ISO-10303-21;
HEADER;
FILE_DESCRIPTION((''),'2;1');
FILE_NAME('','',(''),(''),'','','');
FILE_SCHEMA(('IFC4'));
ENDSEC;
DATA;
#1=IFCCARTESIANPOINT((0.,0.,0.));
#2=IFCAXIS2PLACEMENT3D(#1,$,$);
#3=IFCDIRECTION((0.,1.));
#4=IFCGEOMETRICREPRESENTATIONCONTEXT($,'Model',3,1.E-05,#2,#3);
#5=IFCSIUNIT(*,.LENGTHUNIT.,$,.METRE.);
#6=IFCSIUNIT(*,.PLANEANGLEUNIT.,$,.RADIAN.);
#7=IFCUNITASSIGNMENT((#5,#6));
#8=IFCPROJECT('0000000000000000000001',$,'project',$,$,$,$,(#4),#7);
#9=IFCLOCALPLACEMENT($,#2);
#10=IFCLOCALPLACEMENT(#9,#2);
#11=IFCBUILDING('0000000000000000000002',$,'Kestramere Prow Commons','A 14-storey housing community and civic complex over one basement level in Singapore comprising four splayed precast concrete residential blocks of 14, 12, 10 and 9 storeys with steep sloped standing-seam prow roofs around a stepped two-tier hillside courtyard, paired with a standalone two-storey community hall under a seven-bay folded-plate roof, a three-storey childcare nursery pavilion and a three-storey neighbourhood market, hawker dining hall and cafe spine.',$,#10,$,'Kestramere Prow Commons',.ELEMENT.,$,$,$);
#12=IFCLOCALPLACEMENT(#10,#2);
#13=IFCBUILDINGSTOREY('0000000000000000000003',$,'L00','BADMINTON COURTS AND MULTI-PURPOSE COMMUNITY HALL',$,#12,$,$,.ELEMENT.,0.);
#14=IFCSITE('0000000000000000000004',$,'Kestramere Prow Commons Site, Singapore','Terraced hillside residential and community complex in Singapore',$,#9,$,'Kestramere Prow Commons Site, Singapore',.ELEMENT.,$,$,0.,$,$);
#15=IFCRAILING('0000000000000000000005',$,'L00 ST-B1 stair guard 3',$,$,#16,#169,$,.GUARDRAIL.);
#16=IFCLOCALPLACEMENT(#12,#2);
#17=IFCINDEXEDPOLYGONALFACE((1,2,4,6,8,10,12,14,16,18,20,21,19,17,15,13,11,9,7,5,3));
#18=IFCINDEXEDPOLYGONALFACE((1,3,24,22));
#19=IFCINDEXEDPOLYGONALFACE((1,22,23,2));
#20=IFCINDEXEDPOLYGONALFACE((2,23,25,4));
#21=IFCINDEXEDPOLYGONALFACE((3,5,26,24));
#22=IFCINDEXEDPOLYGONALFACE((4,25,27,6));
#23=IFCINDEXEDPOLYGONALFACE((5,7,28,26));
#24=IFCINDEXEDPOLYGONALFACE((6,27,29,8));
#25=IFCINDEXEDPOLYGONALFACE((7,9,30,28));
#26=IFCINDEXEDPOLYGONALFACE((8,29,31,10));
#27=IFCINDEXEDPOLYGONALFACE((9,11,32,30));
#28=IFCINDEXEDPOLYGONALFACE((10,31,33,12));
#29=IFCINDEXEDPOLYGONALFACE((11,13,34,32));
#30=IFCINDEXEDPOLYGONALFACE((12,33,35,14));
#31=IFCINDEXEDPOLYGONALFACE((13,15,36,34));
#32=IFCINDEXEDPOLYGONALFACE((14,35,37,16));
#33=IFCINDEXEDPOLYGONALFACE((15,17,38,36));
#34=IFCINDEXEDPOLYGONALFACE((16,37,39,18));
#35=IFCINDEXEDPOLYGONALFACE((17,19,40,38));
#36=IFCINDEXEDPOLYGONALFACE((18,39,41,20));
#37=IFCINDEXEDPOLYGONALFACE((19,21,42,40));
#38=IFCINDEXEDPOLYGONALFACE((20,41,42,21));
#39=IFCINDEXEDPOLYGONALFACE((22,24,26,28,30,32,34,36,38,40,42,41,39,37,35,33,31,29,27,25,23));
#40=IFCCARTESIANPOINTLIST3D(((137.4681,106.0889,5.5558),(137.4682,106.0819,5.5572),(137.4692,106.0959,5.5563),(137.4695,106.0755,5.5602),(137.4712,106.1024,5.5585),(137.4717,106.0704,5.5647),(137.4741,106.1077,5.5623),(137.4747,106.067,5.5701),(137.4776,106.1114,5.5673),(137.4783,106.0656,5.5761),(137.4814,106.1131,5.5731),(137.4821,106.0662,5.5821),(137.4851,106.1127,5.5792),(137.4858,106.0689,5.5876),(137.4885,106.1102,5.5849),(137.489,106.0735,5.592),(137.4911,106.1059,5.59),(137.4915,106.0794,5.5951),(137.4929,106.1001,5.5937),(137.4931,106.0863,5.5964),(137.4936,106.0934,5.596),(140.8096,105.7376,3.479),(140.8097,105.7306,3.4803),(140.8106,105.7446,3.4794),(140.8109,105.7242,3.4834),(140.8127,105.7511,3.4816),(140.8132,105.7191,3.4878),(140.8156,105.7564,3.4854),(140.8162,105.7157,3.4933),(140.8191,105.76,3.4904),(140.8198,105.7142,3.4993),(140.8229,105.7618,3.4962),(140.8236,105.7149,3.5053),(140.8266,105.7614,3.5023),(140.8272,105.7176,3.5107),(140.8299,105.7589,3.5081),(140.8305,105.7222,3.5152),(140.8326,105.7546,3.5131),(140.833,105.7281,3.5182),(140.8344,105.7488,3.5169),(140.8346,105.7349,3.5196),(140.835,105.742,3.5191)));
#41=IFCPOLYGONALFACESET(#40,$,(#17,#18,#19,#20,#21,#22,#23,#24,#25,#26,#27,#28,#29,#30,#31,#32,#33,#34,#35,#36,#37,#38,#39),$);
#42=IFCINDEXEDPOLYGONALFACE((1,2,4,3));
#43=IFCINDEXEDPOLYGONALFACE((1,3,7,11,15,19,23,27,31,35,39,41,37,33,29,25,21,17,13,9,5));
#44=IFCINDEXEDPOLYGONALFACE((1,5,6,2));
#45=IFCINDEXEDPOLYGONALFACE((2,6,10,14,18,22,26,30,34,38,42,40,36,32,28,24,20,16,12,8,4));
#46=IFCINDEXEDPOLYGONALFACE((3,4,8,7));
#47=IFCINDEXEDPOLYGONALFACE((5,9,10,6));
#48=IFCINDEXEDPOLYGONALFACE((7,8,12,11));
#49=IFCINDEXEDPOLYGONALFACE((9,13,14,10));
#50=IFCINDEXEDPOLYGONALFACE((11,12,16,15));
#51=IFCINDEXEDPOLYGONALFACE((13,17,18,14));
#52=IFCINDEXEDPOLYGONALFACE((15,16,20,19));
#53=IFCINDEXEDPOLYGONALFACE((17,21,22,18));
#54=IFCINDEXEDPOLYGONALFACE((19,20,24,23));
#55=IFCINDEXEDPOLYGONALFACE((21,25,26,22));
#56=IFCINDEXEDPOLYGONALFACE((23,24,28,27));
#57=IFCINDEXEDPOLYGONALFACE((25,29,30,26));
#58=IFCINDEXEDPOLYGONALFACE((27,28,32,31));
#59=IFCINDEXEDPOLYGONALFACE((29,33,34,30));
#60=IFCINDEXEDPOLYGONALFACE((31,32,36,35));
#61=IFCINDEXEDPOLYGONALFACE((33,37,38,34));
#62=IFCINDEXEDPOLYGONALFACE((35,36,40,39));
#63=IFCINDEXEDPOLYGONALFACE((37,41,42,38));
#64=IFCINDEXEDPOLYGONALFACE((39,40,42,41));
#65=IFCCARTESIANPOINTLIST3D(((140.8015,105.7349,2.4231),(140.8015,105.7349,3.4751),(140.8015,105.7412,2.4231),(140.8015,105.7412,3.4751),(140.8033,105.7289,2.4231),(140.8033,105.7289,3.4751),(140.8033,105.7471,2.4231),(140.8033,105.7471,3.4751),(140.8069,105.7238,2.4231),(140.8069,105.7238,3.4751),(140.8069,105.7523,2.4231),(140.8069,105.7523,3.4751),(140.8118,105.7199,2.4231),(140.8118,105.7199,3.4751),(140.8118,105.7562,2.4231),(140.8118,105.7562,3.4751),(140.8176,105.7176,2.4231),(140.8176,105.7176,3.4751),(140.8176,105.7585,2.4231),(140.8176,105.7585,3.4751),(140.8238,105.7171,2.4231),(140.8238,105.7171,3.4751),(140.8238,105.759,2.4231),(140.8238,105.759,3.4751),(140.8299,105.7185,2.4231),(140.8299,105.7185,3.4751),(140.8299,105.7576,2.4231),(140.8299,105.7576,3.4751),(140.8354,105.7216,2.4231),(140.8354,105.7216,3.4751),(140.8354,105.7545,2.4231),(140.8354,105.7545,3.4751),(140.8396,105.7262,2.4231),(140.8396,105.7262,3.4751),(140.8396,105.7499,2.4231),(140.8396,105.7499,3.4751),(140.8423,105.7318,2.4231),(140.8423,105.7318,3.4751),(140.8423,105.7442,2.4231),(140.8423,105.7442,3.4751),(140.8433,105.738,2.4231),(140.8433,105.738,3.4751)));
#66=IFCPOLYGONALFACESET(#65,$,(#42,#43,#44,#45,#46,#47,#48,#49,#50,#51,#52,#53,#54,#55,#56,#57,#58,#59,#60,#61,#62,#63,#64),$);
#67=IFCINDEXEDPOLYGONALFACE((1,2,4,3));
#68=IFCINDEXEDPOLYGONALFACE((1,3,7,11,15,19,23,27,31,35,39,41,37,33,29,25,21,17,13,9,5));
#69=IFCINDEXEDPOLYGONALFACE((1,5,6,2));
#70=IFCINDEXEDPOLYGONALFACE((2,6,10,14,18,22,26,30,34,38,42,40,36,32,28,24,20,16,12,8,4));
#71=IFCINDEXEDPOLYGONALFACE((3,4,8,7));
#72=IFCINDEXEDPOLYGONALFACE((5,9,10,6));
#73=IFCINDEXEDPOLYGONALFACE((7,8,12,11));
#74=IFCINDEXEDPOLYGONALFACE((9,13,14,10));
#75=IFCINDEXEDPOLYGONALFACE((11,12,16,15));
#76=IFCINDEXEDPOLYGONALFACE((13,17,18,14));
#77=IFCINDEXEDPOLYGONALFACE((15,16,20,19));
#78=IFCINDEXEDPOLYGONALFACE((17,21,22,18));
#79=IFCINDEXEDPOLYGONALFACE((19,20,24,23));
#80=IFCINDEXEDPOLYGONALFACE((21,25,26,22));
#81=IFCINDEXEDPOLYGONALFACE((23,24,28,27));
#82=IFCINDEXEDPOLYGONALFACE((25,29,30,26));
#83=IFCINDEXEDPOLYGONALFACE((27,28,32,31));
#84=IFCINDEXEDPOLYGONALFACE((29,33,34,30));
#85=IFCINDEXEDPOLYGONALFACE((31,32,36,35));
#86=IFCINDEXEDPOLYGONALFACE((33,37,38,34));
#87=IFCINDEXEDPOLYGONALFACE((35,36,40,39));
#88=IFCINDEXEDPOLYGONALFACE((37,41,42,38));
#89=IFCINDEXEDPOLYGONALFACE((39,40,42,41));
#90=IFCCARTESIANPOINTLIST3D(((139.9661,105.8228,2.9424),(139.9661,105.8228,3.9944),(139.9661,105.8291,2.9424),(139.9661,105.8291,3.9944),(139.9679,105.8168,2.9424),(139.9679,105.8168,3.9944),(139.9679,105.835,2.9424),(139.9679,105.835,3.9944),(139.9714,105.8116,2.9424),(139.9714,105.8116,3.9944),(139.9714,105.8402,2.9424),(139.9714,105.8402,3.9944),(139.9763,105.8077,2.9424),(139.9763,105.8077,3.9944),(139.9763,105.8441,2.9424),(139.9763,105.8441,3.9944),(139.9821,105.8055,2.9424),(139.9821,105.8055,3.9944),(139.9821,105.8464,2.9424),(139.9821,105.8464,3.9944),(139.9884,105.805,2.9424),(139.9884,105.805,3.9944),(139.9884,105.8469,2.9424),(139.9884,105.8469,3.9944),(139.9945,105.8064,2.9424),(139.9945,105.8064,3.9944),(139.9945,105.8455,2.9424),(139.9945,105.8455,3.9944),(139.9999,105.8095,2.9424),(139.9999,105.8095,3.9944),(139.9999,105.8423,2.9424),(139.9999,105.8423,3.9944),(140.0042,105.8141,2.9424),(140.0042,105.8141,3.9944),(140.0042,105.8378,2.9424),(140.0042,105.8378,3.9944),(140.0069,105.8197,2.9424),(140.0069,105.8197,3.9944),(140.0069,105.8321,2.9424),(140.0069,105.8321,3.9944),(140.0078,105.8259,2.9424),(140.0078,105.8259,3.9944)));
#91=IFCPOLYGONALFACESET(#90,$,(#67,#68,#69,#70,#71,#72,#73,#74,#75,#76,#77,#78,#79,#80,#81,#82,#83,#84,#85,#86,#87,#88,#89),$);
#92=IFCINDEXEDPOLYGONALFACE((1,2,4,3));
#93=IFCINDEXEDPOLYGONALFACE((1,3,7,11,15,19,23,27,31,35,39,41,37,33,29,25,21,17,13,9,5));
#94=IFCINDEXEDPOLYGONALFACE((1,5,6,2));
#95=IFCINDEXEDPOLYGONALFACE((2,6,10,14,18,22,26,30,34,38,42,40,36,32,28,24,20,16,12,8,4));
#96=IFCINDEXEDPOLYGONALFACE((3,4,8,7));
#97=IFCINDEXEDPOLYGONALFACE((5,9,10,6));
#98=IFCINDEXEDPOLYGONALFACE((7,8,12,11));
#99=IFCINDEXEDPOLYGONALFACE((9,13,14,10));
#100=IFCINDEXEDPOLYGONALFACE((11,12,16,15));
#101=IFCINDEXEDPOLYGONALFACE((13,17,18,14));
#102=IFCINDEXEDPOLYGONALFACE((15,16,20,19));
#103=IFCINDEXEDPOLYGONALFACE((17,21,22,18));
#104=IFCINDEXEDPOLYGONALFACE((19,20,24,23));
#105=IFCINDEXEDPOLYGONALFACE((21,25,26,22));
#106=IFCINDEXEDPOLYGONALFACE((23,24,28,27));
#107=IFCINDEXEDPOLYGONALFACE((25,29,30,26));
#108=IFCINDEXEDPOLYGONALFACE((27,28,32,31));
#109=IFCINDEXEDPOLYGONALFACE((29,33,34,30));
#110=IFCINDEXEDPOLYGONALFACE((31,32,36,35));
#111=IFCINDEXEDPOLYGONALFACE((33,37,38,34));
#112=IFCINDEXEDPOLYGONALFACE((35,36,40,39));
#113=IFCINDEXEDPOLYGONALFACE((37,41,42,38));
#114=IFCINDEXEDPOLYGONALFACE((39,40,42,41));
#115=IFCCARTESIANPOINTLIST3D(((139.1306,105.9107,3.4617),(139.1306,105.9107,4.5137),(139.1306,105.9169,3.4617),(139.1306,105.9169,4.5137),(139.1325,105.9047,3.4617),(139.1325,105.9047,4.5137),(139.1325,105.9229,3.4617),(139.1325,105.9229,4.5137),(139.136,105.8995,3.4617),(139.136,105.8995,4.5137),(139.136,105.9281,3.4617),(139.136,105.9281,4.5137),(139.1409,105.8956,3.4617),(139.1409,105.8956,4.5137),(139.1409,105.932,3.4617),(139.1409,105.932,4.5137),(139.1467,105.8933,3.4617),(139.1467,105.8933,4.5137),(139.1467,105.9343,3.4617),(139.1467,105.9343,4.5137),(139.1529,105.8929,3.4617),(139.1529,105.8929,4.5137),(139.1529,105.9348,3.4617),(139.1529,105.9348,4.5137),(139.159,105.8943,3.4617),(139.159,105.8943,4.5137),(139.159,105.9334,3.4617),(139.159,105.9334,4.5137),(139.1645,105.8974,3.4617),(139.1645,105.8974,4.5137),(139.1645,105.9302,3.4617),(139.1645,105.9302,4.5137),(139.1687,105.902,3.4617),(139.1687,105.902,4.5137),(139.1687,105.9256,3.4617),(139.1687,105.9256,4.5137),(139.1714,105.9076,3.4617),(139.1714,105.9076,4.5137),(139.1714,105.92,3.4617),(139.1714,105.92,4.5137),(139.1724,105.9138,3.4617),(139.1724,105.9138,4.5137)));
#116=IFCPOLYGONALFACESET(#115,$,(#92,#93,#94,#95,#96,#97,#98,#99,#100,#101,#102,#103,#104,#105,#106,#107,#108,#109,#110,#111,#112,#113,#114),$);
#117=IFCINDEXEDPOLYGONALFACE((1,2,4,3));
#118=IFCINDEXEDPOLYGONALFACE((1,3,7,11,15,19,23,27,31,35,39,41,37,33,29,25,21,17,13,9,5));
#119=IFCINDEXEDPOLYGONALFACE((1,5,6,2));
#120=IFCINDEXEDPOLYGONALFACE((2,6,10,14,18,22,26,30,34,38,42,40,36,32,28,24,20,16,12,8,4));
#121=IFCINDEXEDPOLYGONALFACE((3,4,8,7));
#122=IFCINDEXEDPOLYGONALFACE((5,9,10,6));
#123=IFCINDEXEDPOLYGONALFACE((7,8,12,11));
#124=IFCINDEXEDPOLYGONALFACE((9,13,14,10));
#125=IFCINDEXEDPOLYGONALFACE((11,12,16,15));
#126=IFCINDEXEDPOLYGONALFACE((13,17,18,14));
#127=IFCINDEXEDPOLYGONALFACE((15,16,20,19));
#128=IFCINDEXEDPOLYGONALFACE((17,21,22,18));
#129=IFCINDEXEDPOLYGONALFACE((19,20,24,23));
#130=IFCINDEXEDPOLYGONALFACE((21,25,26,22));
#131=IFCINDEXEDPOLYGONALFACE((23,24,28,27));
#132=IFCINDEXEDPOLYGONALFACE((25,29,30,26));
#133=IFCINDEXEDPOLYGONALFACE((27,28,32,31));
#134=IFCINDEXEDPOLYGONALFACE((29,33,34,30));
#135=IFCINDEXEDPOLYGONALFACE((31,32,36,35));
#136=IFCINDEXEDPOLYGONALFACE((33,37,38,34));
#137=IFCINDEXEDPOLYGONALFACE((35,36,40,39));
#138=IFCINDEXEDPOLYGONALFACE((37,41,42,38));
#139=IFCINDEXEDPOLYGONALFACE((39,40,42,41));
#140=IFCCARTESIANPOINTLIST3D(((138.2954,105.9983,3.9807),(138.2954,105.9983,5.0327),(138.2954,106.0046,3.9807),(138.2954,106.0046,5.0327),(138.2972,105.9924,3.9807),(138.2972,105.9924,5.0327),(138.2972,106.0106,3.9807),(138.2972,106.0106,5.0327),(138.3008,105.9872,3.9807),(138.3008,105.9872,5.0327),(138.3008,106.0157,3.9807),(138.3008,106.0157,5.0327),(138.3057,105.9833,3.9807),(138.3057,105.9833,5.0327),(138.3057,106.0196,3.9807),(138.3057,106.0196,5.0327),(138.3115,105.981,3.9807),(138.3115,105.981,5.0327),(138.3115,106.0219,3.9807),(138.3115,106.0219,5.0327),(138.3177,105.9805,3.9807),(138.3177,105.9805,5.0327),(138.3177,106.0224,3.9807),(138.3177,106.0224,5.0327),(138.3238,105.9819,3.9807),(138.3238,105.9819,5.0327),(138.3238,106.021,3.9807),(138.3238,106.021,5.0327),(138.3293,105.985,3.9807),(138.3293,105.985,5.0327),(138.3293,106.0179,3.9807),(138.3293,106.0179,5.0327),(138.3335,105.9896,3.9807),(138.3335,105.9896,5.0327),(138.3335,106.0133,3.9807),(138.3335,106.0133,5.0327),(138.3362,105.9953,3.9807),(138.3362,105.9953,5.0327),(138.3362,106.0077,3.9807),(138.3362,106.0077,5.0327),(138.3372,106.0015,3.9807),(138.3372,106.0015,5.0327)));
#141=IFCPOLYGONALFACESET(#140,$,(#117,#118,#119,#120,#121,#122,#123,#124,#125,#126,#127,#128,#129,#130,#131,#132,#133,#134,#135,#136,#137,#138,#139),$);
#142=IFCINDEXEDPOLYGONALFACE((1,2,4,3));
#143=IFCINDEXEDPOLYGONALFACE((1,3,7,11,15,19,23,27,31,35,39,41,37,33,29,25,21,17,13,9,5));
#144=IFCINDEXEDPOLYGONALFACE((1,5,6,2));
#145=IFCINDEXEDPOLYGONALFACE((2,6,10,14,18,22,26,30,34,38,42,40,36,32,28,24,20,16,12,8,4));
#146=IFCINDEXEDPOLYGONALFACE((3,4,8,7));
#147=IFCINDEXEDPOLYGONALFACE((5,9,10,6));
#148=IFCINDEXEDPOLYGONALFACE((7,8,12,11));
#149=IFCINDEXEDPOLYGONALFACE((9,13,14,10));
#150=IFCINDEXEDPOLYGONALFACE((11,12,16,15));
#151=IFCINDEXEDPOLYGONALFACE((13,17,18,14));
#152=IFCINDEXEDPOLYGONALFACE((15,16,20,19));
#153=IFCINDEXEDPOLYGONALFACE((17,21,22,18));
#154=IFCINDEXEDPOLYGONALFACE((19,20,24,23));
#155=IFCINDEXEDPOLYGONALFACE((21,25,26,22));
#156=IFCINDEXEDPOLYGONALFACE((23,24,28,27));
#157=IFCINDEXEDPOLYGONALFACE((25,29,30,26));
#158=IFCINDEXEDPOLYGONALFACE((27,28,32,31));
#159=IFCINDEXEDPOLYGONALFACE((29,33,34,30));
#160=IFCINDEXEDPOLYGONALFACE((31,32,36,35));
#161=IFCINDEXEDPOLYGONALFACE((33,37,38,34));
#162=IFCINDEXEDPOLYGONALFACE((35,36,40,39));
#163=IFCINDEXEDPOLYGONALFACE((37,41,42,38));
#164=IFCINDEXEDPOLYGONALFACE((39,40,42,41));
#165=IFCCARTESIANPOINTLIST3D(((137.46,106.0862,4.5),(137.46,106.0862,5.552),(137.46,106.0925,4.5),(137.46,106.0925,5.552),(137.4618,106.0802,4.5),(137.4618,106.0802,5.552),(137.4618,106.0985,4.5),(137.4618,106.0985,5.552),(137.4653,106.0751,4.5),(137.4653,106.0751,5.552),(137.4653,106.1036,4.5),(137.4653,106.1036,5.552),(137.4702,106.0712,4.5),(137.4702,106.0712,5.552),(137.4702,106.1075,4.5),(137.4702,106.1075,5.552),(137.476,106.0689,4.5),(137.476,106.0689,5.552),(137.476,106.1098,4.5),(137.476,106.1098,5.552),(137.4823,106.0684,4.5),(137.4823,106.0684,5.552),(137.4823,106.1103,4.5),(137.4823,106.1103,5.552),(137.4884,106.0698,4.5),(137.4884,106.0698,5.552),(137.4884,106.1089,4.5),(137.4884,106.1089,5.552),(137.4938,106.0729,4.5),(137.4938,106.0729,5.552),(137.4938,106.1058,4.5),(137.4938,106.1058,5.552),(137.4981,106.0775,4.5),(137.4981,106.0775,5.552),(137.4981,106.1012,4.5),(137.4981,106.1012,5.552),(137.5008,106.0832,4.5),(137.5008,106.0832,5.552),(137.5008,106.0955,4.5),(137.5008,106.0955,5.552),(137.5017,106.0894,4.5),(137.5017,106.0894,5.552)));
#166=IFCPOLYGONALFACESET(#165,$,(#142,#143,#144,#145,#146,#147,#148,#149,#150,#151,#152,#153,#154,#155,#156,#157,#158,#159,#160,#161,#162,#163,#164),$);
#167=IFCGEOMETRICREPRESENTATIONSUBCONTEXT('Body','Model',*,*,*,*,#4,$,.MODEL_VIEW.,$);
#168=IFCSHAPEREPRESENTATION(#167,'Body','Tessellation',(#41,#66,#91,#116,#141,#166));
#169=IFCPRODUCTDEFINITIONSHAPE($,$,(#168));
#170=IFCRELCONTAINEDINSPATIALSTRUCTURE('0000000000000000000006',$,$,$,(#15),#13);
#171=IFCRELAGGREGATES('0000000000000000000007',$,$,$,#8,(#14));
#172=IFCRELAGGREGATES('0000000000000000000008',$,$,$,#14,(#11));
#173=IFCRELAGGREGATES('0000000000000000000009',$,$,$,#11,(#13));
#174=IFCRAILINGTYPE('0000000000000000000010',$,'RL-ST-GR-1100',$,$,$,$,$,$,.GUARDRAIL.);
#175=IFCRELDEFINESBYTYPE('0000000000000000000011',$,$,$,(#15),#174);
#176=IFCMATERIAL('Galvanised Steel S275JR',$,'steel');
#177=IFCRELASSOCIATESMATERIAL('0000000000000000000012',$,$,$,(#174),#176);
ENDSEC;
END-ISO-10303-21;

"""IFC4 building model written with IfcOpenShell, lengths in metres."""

from ifc_helpers import new_model, si_unit, direction, frame, origin, origin_2d, place, context, subcontext, project, spatial, circle, extrude, material, type_object, element, save


model = new_model("IFC4")

# Units and contexts
model_context = context("Model", 3, precision=1e-05, world=origin(), true_north=direction((0.0, 1.0)))
body_context = subcontext(model_context, "Body", "Model", "MODEL_VIEW")
ifc_project = project(units=[si_unit("LENGTHUNIT", "METRE"), si_unit("PLANEANGLEUNIT", "RADIAN")], contexts=[model_context])

# Site, building, storey
site_placement = place(None, origin())
site = spatial("IfcSite", under=ifc_project, at=site_placement, Name="Kestramere Prow Commons Site, Singapore", Description="Terraced hillside residential and community complex in Singapore", LongName="Kestramere Prow Commons Site, Singapore", CompositionType="ELEMENT", RefElevation=0.0)
building_placement = place(site_placement, origin())
building = spatial("IfcBuilding", under=site, at=building_placement, Name="Kestramere Prow Commons", Description="A 14-storey housing community and civic complex over one basement level in Singapore comprising four splayed precast concrete residential blocks of 14, 12, 10 and 9 storeys with steep sloped standing-seam prow roofs around a stepped two-tier hillside courtyard, paired with a standalone two-storey community hall under a seven-bay folded-plate roof, a three-storey childcare nursery pavilion and a three-storey neighbourhood market, hawker dining hall and cafe spine.", LongName="Kestramere Prow Commons", CompositionType="ELEMENT")
storey_placement = place(building_placement, origin())
storey = spatial("IfcBuildingStorey", under=building, at=storey_placement, Name="L00", Description="BADMINTON COURTS AND MULTI-PURPOSE COMMUNITY HALL", CompositionType="ELEMENT", Elevation=0.0)

# Railing
ifc_material_1 = material(Name="Galvanised Steel S275JR", Category="steel")
railing_type_1 = type_object("IfcRailingType", Name="RL-ST-GR-1100", PredefinedType="GUARDRAIL", material=ifc_material_1)
railing_1_placement = place(storey_placement, frame((140.8223, 105.738, 2.4231)))
element("IfcRailing", 1, at=railing_1_placement, inside=storey, type_object=railing_type_1, Name="L00 ST-B1 stair guard 3", PredefinedType="GUARDRAIL", context=body_context, shape_type="SweptSolid", body=[
    extrude(circle(Radius=0.0239, at=origin_2d()), frame((0.0, 0.0, 1.0762), z_axis=(-0.845951, 0.08894, 0.525791), x_axis=(-0.10456, -0.994519, 0.0)), (0.0, 0.0, 1.0), 3.95),
    extrude(circle(Radius=0.021, at=origin_2d()), origin(), (0.0, 0.0, 1.0), 1.052),
    extrude(circle(Radius=0.021, at=origin_2d()), frame((-0.8354, 0.0879, 0.5193)), (0.0, 0.0, 1.0), 1.052),
    extrude(circle(Radius=0.021, at=origin_2d()), frame((-1.6709, 0.1758, 1.0386)), (0.0, 0.0, 1.0), 1.052),
    extrude(circle(Radius=0.021, at=origin_2d()), frame((-2.5061, 0.2634, 1.5576)), (0.0, 0.0, 1.0), 1.052),
    extrude(circle(Radius=0.021, at=origin_2d()), frame((-3.3416, 0.3513, 2.0769)), (0.0, 0.0, 1.0), 1.052),
])

save(model, "model.ifc")
